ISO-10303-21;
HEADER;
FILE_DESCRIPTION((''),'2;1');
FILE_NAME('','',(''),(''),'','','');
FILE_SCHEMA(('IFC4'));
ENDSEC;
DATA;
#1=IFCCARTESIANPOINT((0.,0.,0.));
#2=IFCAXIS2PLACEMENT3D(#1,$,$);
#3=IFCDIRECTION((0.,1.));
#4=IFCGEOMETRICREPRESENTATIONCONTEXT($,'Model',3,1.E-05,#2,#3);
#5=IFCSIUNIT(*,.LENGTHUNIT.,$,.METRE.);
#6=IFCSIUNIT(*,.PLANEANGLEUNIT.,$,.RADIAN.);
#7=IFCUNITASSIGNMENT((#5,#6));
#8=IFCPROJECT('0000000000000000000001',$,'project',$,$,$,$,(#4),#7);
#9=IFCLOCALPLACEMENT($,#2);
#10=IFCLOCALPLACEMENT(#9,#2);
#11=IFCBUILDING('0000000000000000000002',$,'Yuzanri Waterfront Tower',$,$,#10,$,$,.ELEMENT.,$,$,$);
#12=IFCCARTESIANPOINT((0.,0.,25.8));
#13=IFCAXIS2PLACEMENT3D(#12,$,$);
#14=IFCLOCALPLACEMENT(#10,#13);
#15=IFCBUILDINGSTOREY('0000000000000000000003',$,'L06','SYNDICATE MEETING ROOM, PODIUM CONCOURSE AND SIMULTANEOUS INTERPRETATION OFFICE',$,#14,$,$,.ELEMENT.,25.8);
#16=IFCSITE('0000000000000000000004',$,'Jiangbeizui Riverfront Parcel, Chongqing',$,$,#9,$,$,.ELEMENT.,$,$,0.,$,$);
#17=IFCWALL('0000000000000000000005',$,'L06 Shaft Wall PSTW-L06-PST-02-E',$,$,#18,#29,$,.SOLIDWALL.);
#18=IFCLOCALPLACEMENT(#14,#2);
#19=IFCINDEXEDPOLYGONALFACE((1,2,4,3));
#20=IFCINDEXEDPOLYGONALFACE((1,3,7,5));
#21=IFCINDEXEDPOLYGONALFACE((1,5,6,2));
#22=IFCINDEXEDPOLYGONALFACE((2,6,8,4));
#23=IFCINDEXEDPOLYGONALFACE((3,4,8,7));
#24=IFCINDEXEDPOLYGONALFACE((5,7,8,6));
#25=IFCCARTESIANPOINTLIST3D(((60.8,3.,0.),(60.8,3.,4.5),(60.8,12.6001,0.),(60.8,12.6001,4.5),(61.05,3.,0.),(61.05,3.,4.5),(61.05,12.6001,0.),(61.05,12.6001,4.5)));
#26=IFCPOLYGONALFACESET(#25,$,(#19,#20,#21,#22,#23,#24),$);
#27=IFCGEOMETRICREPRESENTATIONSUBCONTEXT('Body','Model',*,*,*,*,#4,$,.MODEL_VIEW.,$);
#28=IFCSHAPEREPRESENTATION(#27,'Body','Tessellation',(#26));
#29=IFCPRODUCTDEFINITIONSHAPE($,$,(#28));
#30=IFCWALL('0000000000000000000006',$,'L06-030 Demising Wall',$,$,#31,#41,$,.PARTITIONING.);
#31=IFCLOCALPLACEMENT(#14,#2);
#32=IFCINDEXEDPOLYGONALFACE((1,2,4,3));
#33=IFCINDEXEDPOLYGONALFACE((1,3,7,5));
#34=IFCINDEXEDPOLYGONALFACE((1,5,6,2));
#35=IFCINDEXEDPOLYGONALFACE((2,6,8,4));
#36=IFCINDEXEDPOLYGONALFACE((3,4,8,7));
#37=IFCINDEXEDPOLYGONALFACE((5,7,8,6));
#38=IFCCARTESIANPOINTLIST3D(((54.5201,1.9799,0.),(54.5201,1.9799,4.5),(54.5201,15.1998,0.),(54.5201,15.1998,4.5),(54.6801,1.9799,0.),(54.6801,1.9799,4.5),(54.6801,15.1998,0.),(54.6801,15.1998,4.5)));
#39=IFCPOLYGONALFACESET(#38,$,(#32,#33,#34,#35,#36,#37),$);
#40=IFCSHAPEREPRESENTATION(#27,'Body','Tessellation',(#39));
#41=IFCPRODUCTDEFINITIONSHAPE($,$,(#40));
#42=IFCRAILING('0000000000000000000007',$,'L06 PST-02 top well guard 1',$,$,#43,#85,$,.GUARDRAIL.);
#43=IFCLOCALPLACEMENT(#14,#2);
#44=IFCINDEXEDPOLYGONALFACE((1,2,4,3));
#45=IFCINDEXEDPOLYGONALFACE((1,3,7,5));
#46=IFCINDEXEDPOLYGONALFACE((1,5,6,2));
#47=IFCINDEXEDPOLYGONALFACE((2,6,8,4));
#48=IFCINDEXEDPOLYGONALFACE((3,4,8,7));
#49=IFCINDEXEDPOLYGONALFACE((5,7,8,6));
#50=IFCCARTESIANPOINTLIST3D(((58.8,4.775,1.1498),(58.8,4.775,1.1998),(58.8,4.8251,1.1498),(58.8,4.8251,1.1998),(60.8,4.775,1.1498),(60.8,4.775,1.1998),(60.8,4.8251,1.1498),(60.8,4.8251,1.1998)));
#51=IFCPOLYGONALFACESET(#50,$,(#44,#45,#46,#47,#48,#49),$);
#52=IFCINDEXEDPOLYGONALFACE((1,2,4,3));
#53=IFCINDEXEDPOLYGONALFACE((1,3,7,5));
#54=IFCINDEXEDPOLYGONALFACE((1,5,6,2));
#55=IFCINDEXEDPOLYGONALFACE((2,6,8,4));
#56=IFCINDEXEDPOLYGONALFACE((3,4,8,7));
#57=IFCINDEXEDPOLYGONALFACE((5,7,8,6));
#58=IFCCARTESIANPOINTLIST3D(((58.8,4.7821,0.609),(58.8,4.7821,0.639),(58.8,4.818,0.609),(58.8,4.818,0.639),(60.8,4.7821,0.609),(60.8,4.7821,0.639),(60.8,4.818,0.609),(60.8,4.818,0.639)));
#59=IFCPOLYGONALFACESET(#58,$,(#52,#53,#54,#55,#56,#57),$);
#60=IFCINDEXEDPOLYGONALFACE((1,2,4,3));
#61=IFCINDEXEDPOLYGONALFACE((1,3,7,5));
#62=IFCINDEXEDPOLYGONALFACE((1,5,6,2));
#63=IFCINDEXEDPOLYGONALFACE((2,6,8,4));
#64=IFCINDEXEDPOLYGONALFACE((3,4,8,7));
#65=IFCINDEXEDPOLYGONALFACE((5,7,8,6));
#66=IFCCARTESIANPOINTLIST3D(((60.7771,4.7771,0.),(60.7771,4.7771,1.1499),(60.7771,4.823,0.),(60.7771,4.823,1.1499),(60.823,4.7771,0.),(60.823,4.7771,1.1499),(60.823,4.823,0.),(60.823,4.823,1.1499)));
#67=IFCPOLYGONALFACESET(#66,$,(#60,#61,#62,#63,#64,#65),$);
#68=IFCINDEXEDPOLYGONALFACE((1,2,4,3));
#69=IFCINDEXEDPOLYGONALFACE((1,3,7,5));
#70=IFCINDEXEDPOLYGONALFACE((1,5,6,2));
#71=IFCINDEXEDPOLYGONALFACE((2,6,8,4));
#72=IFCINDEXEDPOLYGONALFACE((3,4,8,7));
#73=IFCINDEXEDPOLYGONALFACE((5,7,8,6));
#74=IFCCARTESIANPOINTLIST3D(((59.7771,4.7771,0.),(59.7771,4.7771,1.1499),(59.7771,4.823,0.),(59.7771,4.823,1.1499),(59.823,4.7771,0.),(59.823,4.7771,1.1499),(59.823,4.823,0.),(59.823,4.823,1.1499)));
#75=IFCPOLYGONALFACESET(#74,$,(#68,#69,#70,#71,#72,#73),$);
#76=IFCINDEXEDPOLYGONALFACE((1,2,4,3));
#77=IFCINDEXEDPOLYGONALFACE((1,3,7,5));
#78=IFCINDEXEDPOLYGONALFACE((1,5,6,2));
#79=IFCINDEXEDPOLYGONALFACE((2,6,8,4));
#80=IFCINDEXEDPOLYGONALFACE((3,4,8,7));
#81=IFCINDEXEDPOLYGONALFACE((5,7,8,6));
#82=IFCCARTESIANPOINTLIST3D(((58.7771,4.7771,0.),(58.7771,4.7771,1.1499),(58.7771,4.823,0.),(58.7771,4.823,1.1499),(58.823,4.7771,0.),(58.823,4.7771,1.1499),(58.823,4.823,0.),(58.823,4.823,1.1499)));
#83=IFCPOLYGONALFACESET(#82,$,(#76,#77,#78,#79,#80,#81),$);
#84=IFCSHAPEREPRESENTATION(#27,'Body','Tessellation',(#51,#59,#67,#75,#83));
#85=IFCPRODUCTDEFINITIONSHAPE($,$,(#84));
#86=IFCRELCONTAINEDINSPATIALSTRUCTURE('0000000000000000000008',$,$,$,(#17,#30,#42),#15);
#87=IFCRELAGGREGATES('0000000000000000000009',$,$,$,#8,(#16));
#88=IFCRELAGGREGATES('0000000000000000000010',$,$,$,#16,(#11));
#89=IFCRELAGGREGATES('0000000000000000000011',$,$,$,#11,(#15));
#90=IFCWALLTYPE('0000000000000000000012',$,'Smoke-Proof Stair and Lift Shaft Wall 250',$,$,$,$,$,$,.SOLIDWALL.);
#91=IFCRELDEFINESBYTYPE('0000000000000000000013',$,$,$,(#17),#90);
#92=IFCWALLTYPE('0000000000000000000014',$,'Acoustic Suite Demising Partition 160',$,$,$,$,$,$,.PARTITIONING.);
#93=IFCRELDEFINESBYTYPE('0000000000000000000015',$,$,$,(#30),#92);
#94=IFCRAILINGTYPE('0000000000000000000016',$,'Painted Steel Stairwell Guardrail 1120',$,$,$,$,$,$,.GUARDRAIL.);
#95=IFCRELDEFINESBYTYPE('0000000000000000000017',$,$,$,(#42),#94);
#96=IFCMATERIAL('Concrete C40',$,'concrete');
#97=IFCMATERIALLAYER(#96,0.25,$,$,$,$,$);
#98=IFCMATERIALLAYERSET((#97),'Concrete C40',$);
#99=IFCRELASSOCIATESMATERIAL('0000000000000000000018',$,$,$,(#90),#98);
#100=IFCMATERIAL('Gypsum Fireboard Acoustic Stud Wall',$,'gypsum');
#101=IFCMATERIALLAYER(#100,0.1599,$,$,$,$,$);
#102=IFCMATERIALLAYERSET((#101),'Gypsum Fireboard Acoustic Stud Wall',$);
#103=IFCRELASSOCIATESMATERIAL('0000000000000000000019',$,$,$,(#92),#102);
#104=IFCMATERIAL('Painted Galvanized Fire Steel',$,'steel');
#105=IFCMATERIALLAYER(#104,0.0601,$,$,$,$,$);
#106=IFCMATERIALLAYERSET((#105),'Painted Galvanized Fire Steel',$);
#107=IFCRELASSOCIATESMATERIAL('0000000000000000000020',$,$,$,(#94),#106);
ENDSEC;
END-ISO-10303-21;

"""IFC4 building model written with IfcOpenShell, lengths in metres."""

from ifc_helpers import new_model, si_unit, direction, frame, frame_2d, origin, origin_2d, place, context, subcontext, project, spatial, rectangle, extrude, source, transform, mapped, material, layer, layer_set, type_object, element, save


model = new_model("IFC4")

# Units and contexts
model_context = context("Model", 3, precision=1e-05, world=origin(), true_north=direction((0.0, 1.0)))
body_context = subcontext(model_context, "Body", "Model", "MODEL_VIEW")
ifc_project = project(units=[si_unit("LENGTHUNIT", "METRE"), si_unit("PLANEANGLEUNIT", "RADIAN")], contexts=[model_context])

# Site, building, storey
site_placement = place(None, origin())
site = spatial("IfcSite", under=ifc_project, at=site_placement, Name="Jiangbeizui Riverfront Parcel, Chongqing", CompositionType="ELEMENT", RefElevation=0.0)
building_placement = place(site_placement, origin())
building = spatial("IfcBuilding", under=site, at=building_placement, Name="Yuzanri Waterfront Tower", CompositionType="ELEMENT")
storey_placement = place(building_placement, frame((0.0, 0.0, 25.8)))
storey = spatial("IfcBuildingStorey", under=building, at=storey_placement, Name="L06", Description="SYNDICATE MEETING ROOM, PODIUM CONCOURSE AND SIMULTANEOUS INTERPRETATION OFFICE", CompositionType="ELEMENT", Elevation=25.8)

# Shared definitions
ifc_material_1 = material(Name="Concrete C40", Category="concrete")
ifc_layer_1 = layer(ifc_material_1, 0.25)
ifc_layer_set_1 = layer_set([ifc_layer_1], Name="Concrete C40")
wall_type_1 = type_object("IfcWallType", Name="Smoke-Proof Stair and Lift Shaft Wall 250", PredefinedType="SOLIDWALL", material=ifc_layer_set_1)

# Walls
shared_shape_1 = source(origin(), body_context, "Body", "SweptSolid", [
    extrude(rectangle(XDim=9.6001, YDim=0.25, at=frame_2d((4.8, 0.0))), origin(), (0.0, 0.0, 1.0), 4.5),
])
wall_1_placement = place(storey_placement, frame((60.925, 3.0, 0.0), z_axis=(0.0, 0.0, 1.0), x_axis=(0.0, 1.0, 0.0)))
element("IfcWall", 1, at=wall_1_placement, inside=storey, type_object=wall_type_1, Name="L06 Shaft Wall PSTW-L06-PST-02-E", PredefinedType="SOLIDWALL", context=body_context, shape_type="MappedRepresentation", body=[
    mapped(shared_shape_1, transform((0.0, 0.0, 0.0), scale=1.0)),
])
ifc_material_2 = material(Name="Gypsum Fireboard Acoustic Stud Wall", Category="gypsum")
ifc_layer_2 = layer(ifc_material_2, 0.1599)
ifc_layer_set_2 = layer_set([ifc_layer_2], Name="Gypsum Fireboard Acoustic Stud Wall")
wall_type_2 = type_object("IfcWallType", Name="Acoustic Suite Demising Partition 160", PredefinedType="PARTITIONING", material=ifc_layer_set_2)
shared_shape_2 = source(origin(), body_context, "Body", "SweptSolid", [
    extrude(rectangle(XDim=13.22, YDim=0.1599, at=frame_2d((6.6099, 0.0))), origin(), (0.0, 0.0, 1.0), 4.5),
])
wall_2_placement = place(storey_placement, frame((54.6001, 1.98, 0.0), z_axis=(0.0, 0.0, 1.0), x_axis=(0.0, 1.0, 0.0)))
element("IfcWall", 2, at=wall_2_placement, inside=storey, type_object=wall_type_2, Name="L06-030 Demising Wall", PredefinedType="PARTITIONING", context=body_context, shape_type="MappedRepresentation", body=[
    mapped(shared_shape_2, transform((0.0, 0.0, 0.0), scale=1.0)),
])

# Railing
ifc_material_3 = material(Name="Painted Galvanized Fire Steel", Category="steel")
ifc_layer_3 = layer(ifc_material_3, 0.0601)
ifc_layer_set_3 = layer_set([ifc_layer_3], Name="Painted Galvanized Fire Steel")
railing_type = type_object("IfcRailingType", Name="Painted Steel Stairwell Guardrail 1120", PredefinedType="GUARDRAIL", material=ifc_layer_set_3)
shared_shape_3 = source(origin(), body_context, "Body", "SweptSolid", [
    extrude(rectangle(XDim=0.05, YDim=0.05, at=origin_2d()), frame((0.0, 0.0, 1.1748), z_axis=(-1.0, 0.0, 0.0), x_axis=(0.0, -1.0, 0.0)), (0.0, 0.0, 1.0), 2.0),
    extrude(rectangle(XDim=0.0359, YDim=0.03, at=origin_2d()), frame((0.0, 0.0, 0.624), z_axis=(-1.0, 0.0, 0.0), x_axis=(0.0, -1.0, 0.0)), (0.0, 0.0, 1.0), 2.0),
    extrude(rectangle(XDim=0.0459, YDim=0.0459, at=origin_2d()), origin(), (0.0, 0.0, 1.0), 1.1499),
    extrude(rectangle(XDim=0.0459, YDim=0.0459, at=origin_2d()), frame((-1.0, 0.0, 0.0)), (0.0, 0.0, 1.0), 1.1499),
    extrude(rectangle(XDim=0.0459, YDim=0.0459, at=origin_2d()), frame((-2.0, 0.0, 0.0)), (0.0, 0.0, 1.0), 1.1499),
])
railing_placement = place(storey_placement, frame((60.8, 4.8, 0.0)))
element("IfcRailing", 3, at=railing_placement, inside=storey, type_object=railing_type, Name="L06 PST-02 top well guard 1", PredefinedType="GUARDRAIL", context=body_context, shape_type="MappedRepresentation", body=[
    mapped(shared_shape_3, transform((0.0, 0.0, 0.0), scale=1.0)),
])

save(model, "model.ifc")
